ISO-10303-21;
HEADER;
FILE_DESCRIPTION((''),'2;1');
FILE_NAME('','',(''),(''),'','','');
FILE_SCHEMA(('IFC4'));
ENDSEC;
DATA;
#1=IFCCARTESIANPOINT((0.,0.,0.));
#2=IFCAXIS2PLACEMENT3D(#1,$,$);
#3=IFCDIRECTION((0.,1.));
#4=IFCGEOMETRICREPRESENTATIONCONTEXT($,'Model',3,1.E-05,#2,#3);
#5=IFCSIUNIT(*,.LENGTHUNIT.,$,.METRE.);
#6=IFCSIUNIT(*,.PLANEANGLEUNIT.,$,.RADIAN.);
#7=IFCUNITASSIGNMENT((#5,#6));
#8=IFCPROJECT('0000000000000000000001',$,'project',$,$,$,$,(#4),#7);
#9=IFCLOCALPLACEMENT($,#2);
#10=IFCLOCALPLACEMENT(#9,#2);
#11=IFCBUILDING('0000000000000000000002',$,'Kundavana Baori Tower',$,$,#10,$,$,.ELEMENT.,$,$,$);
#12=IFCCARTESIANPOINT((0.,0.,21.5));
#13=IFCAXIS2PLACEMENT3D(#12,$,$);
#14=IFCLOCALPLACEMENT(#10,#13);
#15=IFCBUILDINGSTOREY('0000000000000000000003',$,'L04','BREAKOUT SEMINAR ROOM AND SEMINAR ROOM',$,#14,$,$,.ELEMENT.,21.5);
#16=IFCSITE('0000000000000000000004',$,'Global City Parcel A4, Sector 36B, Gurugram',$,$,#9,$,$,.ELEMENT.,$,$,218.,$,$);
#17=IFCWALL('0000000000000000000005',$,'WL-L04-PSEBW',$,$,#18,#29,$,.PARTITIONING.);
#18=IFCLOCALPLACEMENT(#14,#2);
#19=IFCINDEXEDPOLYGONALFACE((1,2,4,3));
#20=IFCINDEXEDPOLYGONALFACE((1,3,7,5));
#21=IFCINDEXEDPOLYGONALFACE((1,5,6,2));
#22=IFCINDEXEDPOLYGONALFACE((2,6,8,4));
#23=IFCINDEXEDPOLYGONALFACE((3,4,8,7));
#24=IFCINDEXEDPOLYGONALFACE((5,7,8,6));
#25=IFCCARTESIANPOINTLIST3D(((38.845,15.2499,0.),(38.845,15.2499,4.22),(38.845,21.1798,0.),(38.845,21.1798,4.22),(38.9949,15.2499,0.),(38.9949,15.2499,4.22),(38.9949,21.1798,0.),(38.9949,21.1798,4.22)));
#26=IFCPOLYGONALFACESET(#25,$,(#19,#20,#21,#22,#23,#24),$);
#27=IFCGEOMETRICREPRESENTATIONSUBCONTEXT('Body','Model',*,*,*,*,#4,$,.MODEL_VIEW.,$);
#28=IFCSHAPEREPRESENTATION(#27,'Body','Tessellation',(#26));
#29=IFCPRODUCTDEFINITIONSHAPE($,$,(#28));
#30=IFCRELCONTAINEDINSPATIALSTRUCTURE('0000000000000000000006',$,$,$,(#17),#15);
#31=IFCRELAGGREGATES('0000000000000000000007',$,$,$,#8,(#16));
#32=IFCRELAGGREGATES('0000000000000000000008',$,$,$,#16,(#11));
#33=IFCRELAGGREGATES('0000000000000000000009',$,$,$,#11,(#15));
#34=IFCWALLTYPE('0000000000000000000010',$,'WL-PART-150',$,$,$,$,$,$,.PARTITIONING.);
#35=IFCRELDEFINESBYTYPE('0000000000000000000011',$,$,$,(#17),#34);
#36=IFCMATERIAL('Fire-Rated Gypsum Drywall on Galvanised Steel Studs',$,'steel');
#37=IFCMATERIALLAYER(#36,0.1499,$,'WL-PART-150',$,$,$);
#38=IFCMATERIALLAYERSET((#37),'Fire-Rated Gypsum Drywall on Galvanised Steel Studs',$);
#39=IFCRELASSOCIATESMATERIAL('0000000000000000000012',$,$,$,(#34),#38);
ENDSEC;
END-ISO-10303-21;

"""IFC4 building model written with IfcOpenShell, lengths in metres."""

from ifc_helpers import new_model, si_unit, direction, frame, frame_2d, origin, place, context, subcontext, project, spatial, rectangle, extrude, material, layer, layer_set, type_object, element, save


model = new_model("IFC4")

# Units and contexts
model_context = context("Model", 3, precision=1e-05, world=origin(), true_north=direction((0.0, 1.0)))
body_context = subcontext(model_context, "Body", "Model", "MODEL_VIEW")
ifc_project = project(units=[si_unit("LENGTHUNIT", "METRE"), si_unit("PLANEANGLEUNIT", "RADIAN")], contexts=[model_context])

# Site, building, storey
site_placement = place(None, origin())
site = spatial("IfcSite", under=ifc_project, at=site_placement, Name="Global City Parcel A4, Sector 36B, Gurugram", CompositionType="ELEMENT", RefElevation=218.0)
building_placement = place(site_placement, origin())
building = spatial("IfcBuilding", under=site, at=building_placement, Name="Kundavana Baori Tower", CompositionType="ELEMENT")
storey_placement = place(building_placement, frame((0.0, 0.0, 21.5)))
storey = spatial("IfcBuildingStorey", under=building, at=storey_placement, Name="L04", Description="BREAKOUT SEMINAR ROOM AND SEMINAR ROOM", CompositionType="ELEMENT", Elevation=21.5)

# Wall
ifc_material_1 = material(Name="Fire-Rated Gypsum Drywall on Galvanised Steel Studs", Category="steel")
ifc_layer_1 = layer(ifc_material_1, 0.1499, Name="WL-PART-150")
ifc_layer_set_1 = layer_set([ifc_layer_1], Name="Fire-Rated Gypsum Drywall on Galvanised Steel Studs")
wall_type_1 = type_object("IfcWallType", Name="WL-PART-150", PredefinedType="PARTITIONING", material=ifc_layer_set_1)
wall_1_placement = place(storey_placement, frame((38.9199, 15.25, 0.0), z_axis=(0.0, 0.0, 1.0), x_axis=(0.0, 1.0, 0.0)))
element("IfcWall", 1, at=wall_1_placement, inside=storey, type_object=wall_type_1, Name="WL-L04-PSEBW", PredefinedType="PARTITIONING", context=body_context, shape_type="SweptSolid", body=[
    extrude(rectangle(XDim=5.9299, YDim=0.1499, at=frame_2d((2.9648, 0.0))), origin(), (0.0, 0.0, 1.0), 4.22),
])

save(model, "model.ifc")
